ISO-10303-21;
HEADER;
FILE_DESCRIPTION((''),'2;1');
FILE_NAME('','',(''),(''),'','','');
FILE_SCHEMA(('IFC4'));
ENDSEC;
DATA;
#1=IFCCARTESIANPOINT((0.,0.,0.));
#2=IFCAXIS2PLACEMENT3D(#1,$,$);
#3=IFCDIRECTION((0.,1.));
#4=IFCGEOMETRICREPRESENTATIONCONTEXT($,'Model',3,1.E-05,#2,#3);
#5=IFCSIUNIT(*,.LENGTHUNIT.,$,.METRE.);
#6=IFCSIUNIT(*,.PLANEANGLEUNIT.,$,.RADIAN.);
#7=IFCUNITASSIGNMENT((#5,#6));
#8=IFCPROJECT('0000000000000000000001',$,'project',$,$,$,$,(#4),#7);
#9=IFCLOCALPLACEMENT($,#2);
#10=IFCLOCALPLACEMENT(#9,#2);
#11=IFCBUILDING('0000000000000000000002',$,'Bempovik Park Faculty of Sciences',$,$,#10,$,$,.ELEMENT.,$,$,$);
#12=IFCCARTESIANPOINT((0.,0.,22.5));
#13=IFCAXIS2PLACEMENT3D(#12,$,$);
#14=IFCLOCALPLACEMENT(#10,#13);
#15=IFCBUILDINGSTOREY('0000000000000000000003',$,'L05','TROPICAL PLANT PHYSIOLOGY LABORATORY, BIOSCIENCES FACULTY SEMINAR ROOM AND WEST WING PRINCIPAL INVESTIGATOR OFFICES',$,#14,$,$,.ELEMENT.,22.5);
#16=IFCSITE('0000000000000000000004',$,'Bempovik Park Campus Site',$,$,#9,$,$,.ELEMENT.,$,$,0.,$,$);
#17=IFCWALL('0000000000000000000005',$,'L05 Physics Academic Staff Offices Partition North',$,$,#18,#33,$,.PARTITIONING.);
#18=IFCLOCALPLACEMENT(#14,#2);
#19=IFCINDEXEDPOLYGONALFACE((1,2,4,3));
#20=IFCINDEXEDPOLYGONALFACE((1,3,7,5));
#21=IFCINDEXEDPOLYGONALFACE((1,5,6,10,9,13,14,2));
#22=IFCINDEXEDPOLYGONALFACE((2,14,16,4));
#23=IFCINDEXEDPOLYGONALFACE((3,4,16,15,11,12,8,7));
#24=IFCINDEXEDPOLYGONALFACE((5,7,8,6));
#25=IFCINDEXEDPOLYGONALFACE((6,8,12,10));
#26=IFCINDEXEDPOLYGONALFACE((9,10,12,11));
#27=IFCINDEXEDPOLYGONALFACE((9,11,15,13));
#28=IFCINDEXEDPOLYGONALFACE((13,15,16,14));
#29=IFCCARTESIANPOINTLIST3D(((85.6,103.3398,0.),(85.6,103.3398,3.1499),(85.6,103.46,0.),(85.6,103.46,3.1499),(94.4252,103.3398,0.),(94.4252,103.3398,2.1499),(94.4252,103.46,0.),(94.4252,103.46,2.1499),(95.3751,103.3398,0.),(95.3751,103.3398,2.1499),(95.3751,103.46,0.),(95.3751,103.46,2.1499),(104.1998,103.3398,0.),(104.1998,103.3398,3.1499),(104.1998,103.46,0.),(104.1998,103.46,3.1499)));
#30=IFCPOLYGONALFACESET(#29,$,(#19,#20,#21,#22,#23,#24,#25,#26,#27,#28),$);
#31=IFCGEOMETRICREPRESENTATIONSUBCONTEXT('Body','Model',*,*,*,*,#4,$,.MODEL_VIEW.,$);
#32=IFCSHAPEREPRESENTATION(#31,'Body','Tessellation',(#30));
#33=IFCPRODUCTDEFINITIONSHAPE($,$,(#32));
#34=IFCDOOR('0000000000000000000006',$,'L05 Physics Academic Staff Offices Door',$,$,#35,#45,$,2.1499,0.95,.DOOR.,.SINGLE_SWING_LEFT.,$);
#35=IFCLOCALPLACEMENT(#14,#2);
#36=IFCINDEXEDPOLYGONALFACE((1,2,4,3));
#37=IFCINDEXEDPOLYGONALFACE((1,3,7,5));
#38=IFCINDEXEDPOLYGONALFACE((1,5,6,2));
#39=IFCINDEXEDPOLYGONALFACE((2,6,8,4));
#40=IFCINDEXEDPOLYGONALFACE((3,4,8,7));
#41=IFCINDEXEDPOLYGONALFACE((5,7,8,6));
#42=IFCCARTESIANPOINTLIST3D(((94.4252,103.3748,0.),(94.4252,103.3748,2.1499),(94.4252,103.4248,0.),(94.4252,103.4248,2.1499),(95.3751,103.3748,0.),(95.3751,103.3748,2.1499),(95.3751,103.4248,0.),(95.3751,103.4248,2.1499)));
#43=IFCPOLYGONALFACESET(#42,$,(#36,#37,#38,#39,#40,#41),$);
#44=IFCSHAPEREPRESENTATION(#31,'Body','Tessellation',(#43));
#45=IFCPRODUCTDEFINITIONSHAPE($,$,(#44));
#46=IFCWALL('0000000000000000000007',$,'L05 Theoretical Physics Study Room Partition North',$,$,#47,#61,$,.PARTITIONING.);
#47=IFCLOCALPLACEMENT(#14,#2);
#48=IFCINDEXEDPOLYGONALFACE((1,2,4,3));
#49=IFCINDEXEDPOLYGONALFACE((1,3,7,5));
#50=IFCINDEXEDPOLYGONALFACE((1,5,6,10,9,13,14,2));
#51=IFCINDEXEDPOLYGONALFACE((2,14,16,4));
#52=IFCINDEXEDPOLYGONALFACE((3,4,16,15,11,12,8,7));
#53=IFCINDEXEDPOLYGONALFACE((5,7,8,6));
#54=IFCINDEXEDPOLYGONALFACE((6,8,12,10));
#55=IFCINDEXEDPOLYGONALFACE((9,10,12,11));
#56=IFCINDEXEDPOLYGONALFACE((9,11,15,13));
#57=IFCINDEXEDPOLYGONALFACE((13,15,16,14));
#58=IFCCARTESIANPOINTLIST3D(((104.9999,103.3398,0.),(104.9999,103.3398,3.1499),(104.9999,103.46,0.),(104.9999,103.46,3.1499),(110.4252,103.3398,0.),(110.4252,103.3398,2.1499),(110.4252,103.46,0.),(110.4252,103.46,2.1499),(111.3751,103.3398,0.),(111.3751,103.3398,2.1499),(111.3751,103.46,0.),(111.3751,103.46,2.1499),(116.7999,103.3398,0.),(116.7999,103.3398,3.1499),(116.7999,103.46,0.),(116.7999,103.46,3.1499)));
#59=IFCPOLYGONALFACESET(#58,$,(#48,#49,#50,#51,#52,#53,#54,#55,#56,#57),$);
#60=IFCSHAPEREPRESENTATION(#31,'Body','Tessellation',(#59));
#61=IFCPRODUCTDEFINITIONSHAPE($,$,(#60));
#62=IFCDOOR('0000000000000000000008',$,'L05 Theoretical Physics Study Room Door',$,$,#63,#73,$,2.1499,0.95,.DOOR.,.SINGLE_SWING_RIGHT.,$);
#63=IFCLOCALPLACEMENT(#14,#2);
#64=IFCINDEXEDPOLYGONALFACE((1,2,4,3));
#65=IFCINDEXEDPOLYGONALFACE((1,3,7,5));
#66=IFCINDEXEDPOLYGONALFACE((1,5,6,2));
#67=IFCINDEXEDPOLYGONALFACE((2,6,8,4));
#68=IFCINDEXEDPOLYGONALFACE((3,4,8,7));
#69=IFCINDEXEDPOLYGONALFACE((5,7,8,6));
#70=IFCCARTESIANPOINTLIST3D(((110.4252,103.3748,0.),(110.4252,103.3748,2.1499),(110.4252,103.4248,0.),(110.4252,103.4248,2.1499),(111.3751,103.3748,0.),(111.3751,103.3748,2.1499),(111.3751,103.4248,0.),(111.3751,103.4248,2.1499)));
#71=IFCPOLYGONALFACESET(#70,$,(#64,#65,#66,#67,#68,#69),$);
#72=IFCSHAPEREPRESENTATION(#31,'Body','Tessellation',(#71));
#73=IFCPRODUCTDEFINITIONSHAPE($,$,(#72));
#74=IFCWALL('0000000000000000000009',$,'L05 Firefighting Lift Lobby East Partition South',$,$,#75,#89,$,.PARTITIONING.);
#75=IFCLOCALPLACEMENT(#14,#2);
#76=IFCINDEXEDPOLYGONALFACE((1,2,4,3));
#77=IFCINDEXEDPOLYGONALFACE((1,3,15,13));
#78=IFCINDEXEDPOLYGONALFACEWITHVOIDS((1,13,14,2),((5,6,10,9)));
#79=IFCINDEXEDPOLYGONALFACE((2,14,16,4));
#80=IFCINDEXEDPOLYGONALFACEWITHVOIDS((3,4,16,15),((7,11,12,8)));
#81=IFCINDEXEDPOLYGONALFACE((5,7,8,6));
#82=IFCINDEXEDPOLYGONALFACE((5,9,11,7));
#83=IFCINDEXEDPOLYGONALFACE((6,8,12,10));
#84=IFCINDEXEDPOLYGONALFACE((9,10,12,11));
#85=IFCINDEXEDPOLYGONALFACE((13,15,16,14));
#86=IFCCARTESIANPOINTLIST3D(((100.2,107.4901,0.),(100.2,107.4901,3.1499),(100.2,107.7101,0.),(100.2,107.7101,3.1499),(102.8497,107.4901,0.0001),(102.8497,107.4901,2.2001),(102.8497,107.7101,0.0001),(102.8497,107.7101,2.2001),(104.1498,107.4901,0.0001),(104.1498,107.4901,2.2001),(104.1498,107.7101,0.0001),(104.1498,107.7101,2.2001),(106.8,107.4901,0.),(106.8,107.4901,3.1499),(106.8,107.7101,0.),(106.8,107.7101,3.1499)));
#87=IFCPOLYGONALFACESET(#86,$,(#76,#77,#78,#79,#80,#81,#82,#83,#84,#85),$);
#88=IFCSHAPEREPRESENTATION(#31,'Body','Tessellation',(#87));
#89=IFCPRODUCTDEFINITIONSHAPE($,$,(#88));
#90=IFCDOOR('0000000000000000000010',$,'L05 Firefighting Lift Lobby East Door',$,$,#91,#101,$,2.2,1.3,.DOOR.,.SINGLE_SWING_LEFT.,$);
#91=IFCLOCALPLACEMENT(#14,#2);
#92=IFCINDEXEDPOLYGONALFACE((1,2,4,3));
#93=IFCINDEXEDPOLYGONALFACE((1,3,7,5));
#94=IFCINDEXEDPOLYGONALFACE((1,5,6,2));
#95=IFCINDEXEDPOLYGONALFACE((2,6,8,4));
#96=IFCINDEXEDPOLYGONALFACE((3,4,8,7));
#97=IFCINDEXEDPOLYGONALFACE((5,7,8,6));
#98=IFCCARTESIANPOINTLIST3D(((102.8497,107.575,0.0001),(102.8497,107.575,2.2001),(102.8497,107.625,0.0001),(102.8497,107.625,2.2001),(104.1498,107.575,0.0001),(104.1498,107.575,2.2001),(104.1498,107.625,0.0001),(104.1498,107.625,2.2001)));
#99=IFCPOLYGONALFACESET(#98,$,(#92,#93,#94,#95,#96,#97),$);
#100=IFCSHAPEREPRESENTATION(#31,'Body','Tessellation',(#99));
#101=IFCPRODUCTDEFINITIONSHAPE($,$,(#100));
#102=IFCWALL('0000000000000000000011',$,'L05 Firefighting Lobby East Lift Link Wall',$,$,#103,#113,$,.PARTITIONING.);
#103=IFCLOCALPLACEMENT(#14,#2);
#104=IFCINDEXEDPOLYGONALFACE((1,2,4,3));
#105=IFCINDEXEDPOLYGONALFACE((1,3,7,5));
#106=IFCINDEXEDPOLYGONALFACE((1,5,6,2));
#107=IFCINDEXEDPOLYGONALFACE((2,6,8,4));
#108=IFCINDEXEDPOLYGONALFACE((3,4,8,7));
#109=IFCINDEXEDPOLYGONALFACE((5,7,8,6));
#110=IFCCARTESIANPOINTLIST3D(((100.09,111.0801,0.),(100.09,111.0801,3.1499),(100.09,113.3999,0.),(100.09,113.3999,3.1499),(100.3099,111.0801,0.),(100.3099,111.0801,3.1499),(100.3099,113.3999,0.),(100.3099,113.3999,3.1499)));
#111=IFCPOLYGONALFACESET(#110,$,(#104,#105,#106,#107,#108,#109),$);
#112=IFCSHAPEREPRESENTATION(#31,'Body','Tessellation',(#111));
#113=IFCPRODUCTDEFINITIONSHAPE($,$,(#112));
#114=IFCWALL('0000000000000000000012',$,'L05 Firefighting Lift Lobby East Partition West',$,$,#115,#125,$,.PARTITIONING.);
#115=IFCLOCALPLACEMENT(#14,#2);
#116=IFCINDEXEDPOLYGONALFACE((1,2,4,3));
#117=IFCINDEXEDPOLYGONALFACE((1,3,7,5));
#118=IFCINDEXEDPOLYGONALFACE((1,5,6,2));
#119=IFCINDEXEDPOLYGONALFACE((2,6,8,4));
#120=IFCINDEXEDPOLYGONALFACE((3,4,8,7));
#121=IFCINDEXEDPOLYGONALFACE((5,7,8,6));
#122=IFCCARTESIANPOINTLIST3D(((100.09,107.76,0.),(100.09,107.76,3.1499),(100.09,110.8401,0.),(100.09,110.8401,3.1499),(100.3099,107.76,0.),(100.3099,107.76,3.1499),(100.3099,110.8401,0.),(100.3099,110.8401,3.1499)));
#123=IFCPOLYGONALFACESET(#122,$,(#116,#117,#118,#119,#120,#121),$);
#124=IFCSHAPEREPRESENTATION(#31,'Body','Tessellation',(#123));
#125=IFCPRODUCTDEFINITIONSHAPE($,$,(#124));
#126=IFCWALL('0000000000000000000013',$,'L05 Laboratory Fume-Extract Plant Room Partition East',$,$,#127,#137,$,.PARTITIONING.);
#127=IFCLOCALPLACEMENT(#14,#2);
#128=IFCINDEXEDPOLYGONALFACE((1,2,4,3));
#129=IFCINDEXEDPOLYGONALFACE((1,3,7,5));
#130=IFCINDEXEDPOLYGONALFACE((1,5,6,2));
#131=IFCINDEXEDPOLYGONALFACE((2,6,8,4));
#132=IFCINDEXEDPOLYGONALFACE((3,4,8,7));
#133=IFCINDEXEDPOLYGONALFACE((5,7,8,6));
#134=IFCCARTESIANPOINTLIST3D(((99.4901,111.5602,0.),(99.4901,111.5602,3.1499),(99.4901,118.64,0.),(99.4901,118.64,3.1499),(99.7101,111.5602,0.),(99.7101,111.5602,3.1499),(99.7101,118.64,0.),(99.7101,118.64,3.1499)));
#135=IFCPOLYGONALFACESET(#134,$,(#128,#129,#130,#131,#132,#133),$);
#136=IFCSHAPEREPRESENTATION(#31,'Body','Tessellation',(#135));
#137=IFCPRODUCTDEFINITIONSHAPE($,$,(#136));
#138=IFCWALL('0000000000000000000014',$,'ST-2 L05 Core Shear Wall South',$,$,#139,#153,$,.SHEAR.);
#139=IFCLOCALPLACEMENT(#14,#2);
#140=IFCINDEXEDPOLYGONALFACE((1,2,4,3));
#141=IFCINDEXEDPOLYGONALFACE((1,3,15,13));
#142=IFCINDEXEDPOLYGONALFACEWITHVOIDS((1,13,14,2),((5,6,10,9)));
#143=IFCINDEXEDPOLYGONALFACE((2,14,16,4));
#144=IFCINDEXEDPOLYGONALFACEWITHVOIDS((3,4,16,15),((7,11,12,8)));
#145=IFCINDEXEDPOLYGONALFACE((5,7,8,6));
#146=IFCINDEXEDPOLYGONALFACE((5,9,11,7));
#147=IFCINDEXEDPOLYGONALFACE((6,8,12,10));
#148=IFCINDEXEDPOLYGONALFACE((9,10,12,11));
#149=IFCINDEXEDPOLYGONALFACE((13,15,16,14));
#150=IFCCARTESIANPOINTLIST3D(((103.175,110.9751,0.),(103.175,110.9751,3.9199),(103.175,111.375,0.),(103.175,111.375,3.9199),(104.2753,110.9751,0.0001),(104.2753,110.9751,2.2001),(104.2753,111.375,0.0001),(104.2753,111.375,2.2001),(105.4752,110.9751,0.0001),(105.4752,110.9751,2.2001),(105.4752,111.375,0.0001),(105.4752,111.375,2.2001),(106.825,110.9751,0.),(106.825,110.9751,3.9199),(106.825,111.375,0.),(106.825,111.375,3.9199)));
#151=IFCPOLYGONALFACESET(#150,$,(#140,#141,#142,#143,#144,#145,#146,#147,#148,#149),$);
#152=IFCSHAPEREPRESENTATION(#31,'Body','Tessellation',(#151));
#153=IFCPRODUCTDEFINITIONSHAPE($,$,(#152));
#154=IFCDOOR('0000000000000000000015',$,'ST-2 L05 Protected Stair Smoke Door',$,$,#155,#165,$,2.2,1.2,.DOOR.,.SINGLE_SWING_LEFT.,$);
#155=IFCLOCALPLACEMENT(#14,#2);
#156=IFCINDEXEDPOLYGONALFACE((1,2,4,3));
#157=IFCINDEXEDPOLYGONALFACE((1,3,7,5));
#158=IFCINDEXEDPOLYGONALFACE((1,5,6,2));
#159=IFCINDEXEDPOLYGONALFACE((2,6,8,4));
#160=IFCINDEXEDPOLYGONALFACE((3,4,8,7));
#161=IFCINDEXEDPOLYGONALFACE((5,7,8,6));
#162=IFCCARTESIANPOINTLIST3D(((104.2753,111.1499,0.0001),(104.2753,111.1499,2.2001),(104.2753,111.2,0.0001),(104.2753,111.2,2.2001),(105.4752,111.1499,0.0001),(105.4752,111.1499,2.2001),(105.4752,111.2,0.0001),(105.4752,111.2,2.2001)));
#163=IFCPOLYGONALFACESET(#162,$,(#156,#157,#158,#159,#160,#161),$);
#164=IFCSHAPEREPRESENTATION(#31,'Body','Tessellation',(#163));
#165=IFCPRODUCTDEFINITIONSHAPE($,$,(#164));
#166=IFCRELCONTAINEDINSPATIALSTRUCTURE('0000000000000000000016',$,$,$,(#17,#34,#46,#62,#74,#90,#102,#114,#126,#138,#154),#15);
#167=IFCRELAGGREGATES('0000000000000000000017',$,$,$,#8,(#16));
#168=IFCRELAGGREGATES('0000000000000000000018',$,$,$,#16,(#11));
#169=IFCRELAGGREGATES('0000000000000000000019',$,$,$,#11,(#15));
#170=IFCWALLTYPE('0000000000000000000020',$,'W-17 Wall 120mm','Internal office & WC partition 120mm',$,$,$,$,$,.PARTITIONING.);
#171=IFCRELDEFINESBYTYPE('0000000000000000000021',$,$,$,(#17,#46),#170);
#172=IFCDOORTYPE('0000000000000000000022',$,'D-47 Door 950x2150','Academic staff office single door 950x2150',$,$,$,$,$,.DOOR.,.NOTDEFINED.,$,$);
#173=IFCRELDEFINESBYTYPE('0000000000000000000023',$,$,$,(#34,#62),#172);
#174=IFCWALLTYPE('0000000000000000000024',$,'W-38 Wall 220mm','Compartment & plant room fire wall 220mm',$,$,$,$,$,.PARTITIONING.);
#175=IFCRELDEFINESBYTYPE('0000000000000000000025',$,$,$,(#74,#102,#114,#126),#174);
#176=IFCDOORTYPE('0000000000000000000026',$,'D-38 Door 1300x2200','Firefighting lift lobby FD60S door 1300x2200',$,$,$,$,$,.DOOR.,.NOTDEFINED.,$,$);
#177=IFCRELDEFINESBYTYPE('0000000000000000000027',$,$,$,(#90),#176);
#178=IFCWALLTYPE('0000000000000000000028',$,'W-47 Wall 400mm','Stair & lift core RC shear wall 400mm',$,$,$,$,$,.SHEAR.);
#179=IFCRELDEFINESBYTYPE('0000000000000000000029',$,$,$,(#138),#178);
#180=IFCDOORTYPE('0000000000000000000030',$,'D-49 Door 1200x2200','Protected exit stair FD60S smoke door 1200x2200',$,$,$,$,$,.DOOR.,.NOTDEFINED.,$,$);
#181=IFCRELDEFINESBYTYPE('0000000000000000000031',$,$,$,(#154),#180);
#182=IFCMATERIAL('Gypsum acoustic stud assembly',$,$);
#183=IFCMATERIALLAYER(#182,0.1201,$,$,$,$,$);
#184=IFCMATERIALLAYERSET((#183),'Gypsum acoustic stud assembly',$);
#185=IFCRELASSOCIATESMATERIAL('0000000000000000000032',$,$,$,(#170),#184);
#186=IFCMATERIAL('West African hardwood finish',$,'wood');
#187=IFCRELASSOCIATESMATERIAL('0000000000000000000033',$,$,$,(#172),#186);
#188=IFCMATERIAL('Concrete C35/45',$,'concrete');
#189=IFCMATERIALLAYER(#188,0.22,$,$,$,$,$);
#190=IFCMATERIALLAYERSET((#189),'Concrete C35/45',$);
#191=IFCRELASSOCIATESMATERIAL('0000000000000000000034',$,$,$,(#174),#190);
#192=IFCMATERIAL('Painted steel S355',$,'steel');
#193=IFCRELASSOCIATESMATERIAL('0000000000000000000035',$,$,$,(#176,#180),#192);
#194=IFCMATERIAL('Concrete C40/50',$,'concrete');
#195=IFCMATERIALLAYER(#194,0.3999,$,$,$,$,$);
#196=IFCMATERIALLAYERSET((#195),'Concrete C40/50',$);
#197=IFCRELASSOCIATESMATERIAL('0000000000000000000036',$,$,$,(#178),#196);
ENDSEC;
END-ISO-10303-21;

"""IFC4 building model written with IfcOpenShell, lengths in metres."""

from ifc_helpers import new_model, si_unit, direction, frame, frame_2d, origin, place, context, subcontext, project, spatial, rectangle, extrude, material, layer, layer_set, type_object, element, fill, save


model = new_model("IFC4")

# Units and contexts
model_context = context("Model", 3, precision=1e-05, world=origin(), true_north=direction((0.0, 1.0)))
body_context = subcontext(model_context, "Body", "Model", "MODEL_VIEW")
ifc_project = project(units=[si_unit("LENGTHUNIT", "METRE"), si_unit("PLANEANGLEUNIT", "RADIAN")], contexts=[model_context])

# Site, building, storey
site_placement = place(None, origin())
site = spatial("IfcSite", under=ifc_project, at=site_placement, Name="Bempovik Park Campus Site", CompositionType="ELEMENT", RefElevation=0.0)
building_placement = place(site_placement, origin())
building = spatial("IfcBuilding", under=site, at=building_placement, Name="Bempovik Park Faculty of Sciences", CompositionType="ELEMENT")
storey_placement = place(building_placement, frame((0.0, 0.0, 22.5)))
storey = spatial("IfcBuildingStorey", under=building, at=storey_placement, Name="L05", Description="TROPICAL PLANT PHYSIOLOGY LABORATORY, BIOSCIENCES FACULTY SEMINAR ROOM AND WEST WING PRINCIPAL INVESTIGATOR OFFICES", CompositionType="ELEMENT", Elevation=22.5)

# Shared definitions
ifc_material_1 = material(Name="Concrete C40/50", Category="concrete")

# Shared definitions
ifc_material_2 = material(Name="Concrete C35/45", Category="concrete")

# Walls, openings, doors
ifc_material_3 = material(Name="Gypsum acoustic stud assembly")
ifc_layer_1 = layer(ifc_material_3, 0.1201)
ifc_layer_set_1 = layer_set([ifc_layer_1], Name="Gypsum acoustic stud assembly")
wall_type_1 = type_object("IfcWallType", Name="W-17 Wall 120mm", Description="Internal office & WC partition 120mm", PredefinedType="PARTITIONING", material=ifc_layer_set_1)
wall_1_placement = place(storey_placement, frame((85.6001, 103.3999, 0.0), z_axis=(0.0, 0.0, 1.0), x_axis=(1.0, 0.0, 0.0)))
wall_1 = element("IfcWall", 1, at=wall_1_placement, inside=storey, type_object=wall_type_1, Name="L05 Physics Academic Staff Offices Partition North", PredefinedType="PARTITIONING", context=body_context, shape_type="SweptSolid", body=[
    extrude(rectangle(XDim=18.5999, YDim=0.1201, at=frame_2d((9.2998, 0.0))), origin(), (0.0, 0.0, 1.0), 3.1499),
])
opening_1_placement = place(wall_1_placement, frame((8.825, 0.0, 0.0)))
opening_1 = element("IfcOpeningElement", 2, at=opening_1_placement, cuts=wall_1, PredefinedType="OPENING", context=body_context, shape_type="SweptSolid", body=[
    extrude(rectangle(XDim=0.95, YDim=2.1499, at=frame_2d((0.4751, 1.075))), frame((0.0, 0.0701, 0.0), z_axis=(0.0, -1.0, 0.0), x_axis=(1.0, 0.0, 0.0)), (0.0, 0.0, 1.0), 0.1401),
])
ifc_material_4 = material(Name="West African hardwood finish", Category="wood")
door_type_1 = type_object("IfcDoorType", Name="D-47 Door 950x2150", Description="Academic staff office single door 950x2150", OperationType="NOTDEFINED", PredefinedType="DOOR", material=ifc_material_4)
door_1_placement = place(opening_1_placement, origin())
door_1 = element("IfcDoor", 3, at=door_1_placement, inside=storey, type_object=door_type_1, Name="L05 Physics Academic Staff Offices Door", OperationType="SINGLE_SWING_LEFT", OverallHeight=2.1499, OverallWidth=0.95, PredefinedType="DOOR", context=body_context, shape_type="SweptSolid", body=[
    extrude(rectangle(XDim=0.95, YDim=2.1499, at=frame_2d((0.4751, 1.075))), frame((0.0, 0.0249, 0.0), z_axis=(0.0, -1.0, 0.0), x_axis=(1.0, 0.0, 0.0)), (0.0, 0.0, 1.0), 0.05),
])
fill(opening_1, door_1)
wall_2_placement = place(storey_placement, frame((105.0, 103.3999, 0.0), z_axis=(0.0, 0.0, 1.0), x_axis=(1.0, 0.0, 0.0)))
wall_2 = element("IfcWall", 4, at=wall_2_placement, inside=storey, type_object=wall_type_1, Name="L05 Theoretical Physics Study Room Partition North", PredefinedType="PARTITIONING", context=body_context, shape_type="SweptSolid", body=[
    extrude(rectangle(XDim=11.8, YDim=0.1201, at=frame_2d((5.8999, 0.0))), origin(), (0.0, 0.0, 1.0), 3.1499),
])
opening_2_placement = place(wall_2_placement, frame((5.425, 0.0, 0.0)))
opening_2 = element("IfcOpeningElement", 5, at=opening_2_placement, cuts=wall_2, PredefinedType="OPENING", context=body_context, shape_type="SweptSolid", body=[
    extrude(rectangle(XDim=0.95, YDim=2.1499, at=frame_2d((0.4751, 1.075))), frame((0.0, 0.0701, 0.0), z_axis=(0.0, -1.0, 0.0), x_axis=(1.0, 0.0, 0.0)), (0.0, 0.0, 1.0), 0.1401),
])
door_2_placement = place(opening_2_placement, origin())
door_2 = element("IfcDoor", 6, at=door_2_placement, inside=storey, type_object=door_type_1, Name="L05 Theoretical Physics Study Room Door", OperationType="SINGLE_SWING_RIGHT", OverallHeight=2.1499, OverallWidth=0.95, PredefinedType="DOOR", context=body_context, shape_type="SweptSolid", body=[
    extrude(rectangle(XDim=0.95, YDim=2.1499, at=frame_2d((0.4751, 1.075))), frame((0.0, 0.0249, 0.0), z_axis=(0.0, -1.0, 0.0), x_axis=(1.0, 0.0, 0.0)), (0.0, 0.0, 1.0), 0.05),
])
fill(opening_2, door_2)
ifc_layer_2 = layer(ifc_material_2, 0.22)
ifc_layer_set_2 = layer_set([ifc_layer_2], Name="Concrete C35/45")
wall_type_2 = type_object("IfcWallType", Name="W-38 Wall 220mm", Description="Compartment & plant room fire wall 220mm", PredefinedType="PARTITIONING", material=ifc_layer_set_2)
wall_3_placement = place(storey_placement, frame((100.2, 107.6001, 0.0), z_axis=(0.0, 0.0, 1.0), x_axis=(1.0, 0.0, 0.0)))
wall_3 = element("IfcWall", 7, at=wall_3_placement, inside=storey, type_object=wall_type_2, Name="L05 Firefighting Lift Lobby East Partition South", PredefinedType="PARTITIONING", context=body_context, shape_type="SweptSolid", body=[
    extrude(rectangle(XDim=6.6001, YDim=0.22, at=frame_2d((3.3, 0.0))), origin(), (0.0, 0.0, 1.0), 3.1499),
])
opening_3_placement = place(wall_3_placement, frame((2.6499, 0.0, 0.0)))
opening_3 = element("IfcOpeningElement", 8, at=opening_3_placement, cuts=wall_3, PredefinedType="OPENING", context=body_context, shape_type="SweptSolid", body=[
    extrude(rectangle(XDim=1.3, YDim=2.2, at=frame_2d((0.6499, 1.1001))), frame((0.0, 0.1201, 0.0), z_axis=(0.0, -1.0, 0.0), x_axis=(1.0, 0.0, 0.0)), (0.0, 0.0, 1.0), 0.24),
])
ifc_material_5 = material(Name="Painted steel S355", Category="steel")
door_type_2 = type_object("IfcDoorType", Name="D-38 Door 1300x2200", Description="Firefighting lift lobby FD60S door 1300x2200", OperationType="NOTDEFINED", PredefinedType="DOOR", material=ifc_material_5)
door_3_placement = place(opening_3_placement, origin())
door_3 = element("IfcDoor", 9, at=door_3_placement, inside=storey, type_object=door_type_2, Name="L05 Firefighting Lift Lobby East Door", OperationType="SINGLE_SWING_LEFT", OverallHeight=2.2, OverallWidth=1.3, PredefinedType="DOOR", context=body_context, shape_type="SweptSolid", body=[
    extrude(rectangle(XDim=1.3, YDim=2.2, at=frame_2d((0.6499, 1.1001))), frame((0.0, 0.0249, 0.0), z_axis=(0.0, -1.0, 0.0), x_axis=(1.0, 0.0, 0.0)), (0.0, 0.0, 1.0), 0.05),
])
fill(opening_3, door_3)

# Walls
wall_4_placement = place(storey_placement, frame((100.2, 111.0801, 0.0), z_axis=(0.0, 0.0, 1.0), x_axis=(0.0, 1.0, 0.0)))
element("IfcWall", 10, at=wall_4_placement, inside=storey, type_object=wall_type_2, Name="L05 Firefighting Lobby East Lift Link Wall", PredefinedType="PARTITIONING", context=body_context, shape_type="SweptSolid", body=[
    extrude(rectangle(XDim=2.3198, YDim=0.22, at=frame_2d((1.1599, 0.0))), origin(), (0.0, 0.0, 1.0), 3.1499),
])
wall_5_placement = place(storey_placement, frame((100.2, 107.76, 0.0), z_axis=(0.0, 0.0, 1.0), x_axis=(0.0, 1.0, 0.0)))
element("IfcWall", 11, at=wall_5_placement, inside=storey, type_object=wall_type_2, Name="L05 Firefighting Lift Lobby East Partition West", PredefinedType="PARTITIONING", context=body_context, shape_type="SweptSolid", body=[
    extrude(rectangle(XDim=3.0801, YDim=0.22, at=frame_2d((1.54, 0.0))), origin(), (0.0, 0.0, 1.0), 3.1499),
])
wall_6_placement = place(storey_placement, frame((99.6001, 111.5601, 0.0), z_axis=(0.0, 0.0, 1.0), x_axis=(0.0, 1.0, 0.0)))
element("IfcWall", 12, at=wall_6_placement, inside=storey, type_object=wall_type_2, Name="L05 Laboratory Fume-Extract Plant Room Partition East", PredefinedType="PARTITIONING", context=body_context, shape_type="SweptSolid", body=[
    extrude(rectangle(XDim=7.0798, YDim=0.22, at=frame_2d((3.54, 0.0))), origin(), (0.0, 0.0, 1.0), 3.1499),
])

# Wall, opening, door
ifc_layer_3 = layer(ifc_material_1, 0.3999)
ifc_layer_set_3 = layer_set([ifc_layer_3], Name="Concrete C40/50")
wall_type_3 = type_object("IfcWallType", Name="W-47 Wall 400mm", Description="Stair & lift core RC shear wall 400mm", PredefinedType="SHEAR", material=ifc_layer_set_3)
wall_7_placement = place(storey_placement, frame((103.175, 111.175, 0.0), z_axis=(0.0, 0.0, 1.0), x_axis=(1.0, 0.0, 0.0)))
wall_7 = element("IfcWall", 13, at=wall_7_placement, inside=storey, type_object=wall_type_3, Name="ST-2 L05 Core Shear Wall South", PredefinedType="SHEAR", context=body_context, shape_type="SweptSolid", body=[
    extrude(rectangle(XDim=3.6499, YDim=0.3999, at=frame_2d((1.825, 0.0))), origin(), (0.0, 0.0, 1.0), 3.9199),
])
opening_4_placement = place(wall_7_placement, frame((1.1001, 0.0, 0.0)))
opening_4 = element("IfcOpeningElement", 14, at=opening_4_placement, cuts=wall_7, PredefinedType="OPENING", context=body_context, shape_type="SweptSolid", body=[
    extrude(rectangle(XDim=1.2, YDim=2.2, at=frame_2d((0.6001, 1.1001))), frame((0.0, 0.21, 0.0), z_axis=(0.0, -1.0, 0.0), x_axis=(1.0, 0.0, 0.0)), (0.0, 0.0, 1.0), 0.4199),
])
door_type_3 = type_object("IfcDoorType", Name="D-49 Door 1200x2200", Description="Protected exit stair FD60S smoke door 1200x2200", OperationType="NOTDEFINED", PredefinedType="DOOR", material=ifc_material_5)
door_4_placement = place(opening_4_placement, origin())
door_4 = element("IfcDoor", 15, at=door_4_placement, inside=storey, type_object=door_type_3, Name="ST-2 L05 Protected Stair Smoke Door", OperationType="SINGLE_SWING_LEFT", OverallHeight=2.2, OverallWidth=1.2, PredefinedType="DOOR", context=body_context, shape_type="SweptSolid", body=[
    extrude(rectangle(XDim=1.2, YDim=2.2, at=frame_2d((0.6001, 1.1001))), frame((0.0, 0.0249, 0.0), z_axis=(0.0, -1.0, 0.0), x_axis=(1.0, 0.0, 0.0)), (0.0, 0.0, 1.0), 0.05),
])
fill(opening_4, door_4)

save(model, "model.ifc")
